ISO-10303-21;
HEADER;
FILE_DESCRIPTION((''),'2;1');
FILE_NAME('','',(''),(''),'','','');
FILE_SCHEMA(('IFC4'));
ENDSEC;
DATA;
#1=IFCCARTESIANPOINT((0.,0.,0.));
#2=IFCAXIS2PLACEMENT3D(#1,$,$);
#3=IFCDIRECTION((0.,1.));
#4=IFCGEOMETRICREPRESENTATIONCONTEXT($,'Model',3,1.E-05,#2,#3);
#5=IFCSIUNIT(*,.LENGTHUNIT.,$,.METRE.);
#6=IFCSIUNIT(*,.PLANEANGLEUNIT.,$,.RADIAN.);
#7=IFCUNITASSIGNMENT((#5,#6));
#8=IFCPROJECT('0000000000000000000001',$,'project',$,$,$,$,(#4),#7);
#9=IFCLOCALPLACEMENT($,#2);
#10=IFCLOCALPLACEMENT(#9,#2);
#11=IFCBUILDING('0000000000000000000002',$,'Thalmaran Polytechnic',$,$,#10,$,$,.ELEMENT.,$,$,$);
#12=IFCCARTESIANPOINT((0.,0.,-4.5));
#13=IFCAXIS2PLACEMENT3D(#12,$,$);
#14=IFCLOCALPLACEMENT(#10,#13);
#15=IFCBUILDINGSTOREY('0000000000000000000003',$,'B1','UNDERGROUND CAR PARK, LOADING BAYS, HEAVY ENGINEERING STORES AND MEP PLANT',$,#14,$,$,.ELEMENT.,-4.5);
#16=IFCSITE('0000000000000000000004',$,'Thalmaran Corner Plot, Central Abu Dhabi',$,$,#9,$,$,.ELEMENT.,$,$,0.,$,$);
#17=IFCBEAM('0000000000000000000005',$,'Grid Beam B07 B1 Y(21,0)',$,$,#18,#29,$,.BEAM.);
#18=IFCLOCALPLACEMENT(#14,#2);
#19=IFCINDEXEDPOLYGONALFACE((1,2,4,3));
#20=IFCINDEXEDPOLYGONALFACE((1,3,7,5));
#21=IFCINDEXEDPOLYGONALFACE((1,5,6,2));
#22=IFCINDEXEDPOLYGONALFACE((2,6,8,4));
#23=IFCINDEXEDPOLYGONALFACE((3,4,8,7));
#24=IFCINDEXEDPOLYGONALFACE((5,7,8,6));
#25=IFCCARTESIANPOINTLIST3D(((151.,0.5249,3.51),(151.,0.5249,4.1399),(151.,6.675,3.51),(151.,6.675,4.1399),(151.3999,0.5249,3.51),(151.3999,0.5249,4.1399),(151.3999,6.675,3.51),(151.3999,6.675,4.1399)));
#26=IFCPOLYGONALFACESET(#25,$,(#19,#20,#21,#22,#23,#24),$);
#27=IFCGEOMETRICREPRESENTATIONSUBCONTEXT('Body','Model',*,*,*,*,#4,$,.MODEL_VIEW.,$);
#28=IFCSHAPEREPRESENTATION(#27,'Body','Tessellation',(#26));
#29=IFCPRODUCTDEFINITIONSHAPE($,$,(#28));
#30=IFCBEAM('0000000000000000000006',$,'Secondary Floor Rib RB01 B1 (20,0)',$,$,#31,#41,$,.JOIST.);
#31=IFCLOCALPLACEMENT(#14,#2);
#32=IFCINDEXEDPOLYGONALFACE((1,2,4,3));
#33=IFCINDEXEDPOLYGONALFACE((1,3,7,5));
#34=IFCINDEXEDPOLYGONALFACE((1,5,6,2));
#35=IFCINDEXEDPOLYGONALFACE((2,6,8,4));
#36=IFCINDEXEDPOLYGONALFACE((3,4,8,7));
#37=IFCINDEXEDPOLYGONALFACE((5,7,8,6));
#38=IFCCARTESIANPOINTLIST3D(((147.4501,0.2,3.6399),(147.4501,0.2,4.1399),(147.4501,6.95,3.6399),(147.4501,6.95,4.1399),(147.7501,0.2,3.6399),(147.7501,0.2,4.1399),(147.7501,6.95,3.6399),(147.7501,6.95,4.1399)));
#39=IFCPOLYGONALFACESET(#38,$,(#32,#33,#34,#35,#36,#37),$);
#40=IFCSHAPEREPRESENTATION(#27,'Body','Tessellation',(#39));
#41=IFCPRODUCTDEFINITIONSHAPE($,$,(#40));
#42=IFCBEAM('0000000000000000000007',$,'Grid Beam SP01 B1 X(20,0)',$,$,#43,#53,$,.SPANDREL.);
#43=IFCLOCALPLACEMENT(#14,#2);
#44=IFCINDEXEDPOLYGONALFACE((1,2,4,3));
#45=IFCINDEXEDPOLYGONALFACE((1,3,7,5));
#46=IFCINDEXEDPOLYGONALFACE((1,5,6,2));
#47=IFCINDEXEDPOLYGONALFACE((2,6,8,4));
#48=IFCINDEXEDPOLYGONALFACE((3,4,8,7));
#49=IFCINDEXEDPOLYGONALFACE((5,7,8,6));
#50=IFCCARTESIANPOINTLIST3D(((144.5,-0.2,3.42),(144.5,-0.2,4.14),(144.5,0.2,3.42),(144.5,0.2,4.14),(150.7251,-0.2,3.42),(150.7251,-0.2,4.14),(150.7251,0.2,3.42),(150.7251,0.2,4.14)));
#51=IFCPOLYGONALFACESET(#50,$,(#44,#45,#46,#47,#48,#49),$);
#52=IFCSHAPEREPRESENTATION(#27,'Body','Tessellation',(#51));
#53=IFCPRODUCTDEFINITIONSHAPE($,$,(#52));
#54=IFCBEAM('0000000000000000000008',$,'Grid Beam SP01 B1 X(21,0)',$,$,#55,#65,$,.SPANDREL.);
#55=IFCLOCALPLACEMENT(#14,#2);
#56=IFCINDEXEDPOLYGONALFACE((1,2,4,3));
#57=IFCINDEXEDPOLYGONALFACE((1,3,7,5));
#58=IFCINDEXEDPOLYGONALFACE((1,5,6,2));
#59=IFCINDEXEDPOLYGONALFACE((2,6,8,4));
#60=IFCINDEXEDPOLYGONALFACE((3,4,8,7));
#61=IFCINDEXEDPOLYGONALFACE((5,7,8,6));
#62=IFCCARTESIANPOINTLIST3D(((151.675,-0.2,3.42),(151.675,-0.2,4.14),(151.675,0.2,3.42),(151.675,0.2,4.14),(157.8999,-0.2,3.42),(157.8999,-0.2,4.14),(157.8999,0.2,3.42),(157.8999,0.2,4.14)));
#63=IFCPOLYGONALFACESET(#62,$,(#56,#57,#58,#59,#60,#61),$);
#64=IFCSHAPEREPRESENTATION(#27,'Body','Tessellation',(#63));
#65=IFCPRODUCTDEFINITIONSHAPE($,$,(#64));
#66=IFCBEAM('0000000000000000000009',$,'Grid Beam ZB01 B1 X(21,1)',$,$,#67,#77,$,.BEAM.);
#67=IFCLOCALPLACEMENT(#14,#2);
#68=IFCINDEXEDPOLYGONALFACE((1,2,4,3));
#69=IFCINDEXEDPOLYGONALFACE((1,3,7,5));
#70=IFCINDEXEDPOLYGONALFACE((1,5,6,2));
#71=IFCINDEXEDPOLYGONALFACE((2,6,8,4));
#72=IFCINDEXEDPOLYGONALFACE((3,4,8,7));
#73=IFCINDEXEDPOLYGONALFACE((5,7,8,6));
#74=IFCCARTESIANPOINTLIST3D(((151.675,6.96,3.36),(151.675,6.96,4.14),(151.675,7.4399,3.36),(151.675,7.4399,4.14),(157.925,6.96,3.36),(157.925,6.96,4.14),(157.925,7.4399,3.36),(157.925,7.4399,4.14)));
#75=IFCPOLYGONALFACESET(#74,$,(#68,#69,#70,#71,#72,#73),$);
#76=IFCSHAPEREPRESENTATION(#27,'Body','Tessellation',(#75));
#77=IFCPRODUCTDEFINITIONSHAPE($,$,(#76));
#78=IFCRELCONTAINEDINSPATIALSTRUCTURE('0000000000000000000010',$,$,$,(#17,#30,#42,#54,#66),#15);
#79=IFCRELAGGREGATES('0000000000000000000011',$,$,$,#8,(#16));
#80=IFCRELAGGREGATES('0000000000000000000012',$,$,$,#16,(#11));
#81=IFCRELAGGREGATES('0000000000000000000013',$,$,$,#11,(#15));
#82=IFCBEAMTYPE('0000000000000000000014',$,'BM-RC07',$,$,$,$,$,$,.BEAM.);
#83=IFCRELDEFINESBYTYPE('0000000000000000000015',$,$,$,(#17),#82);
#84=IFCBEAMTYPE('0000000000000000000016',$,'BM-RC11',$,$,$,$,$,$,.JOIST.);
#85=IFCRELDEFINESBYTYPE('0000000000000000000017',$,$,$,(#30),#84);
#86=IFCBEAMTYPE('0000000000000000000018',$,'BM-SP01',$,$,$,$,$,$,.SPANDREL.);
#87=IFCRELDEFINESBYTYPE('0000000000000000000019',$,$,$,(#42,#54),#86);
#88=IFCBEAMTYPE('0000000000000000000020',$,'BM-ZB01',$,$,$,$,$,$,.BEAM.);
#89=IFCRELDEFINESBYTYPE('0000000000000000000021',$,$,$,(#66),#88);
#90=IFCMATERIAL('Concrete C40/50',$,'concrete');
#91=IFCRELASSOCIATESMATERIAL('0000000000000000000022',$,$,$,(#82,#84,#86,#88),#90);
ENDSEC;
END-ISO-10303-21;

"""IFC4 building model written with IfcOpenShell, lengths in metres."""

from ifc_helpers import new_model, si_unit, direction, frame, origin, origin_2d, place, context, subcontext, project, spatial, rectangle, extrude, material, material_profile, profile_set, type_object, element, save


model = new_model("IFC4")

# Units and contexts
model_context = context("Model", 3, precision=1e-05, world=origin(), true_north=direction((0.0, 1.0)))
body_context = subcontext(model_context, "Body", "Model", "MODEL_VIEW")
ifc_project = project(units=[si_unit("LENGTHUNIT", "METRE"), si_unit("PLANEANGLEUNIT", "RADIAN")], contexts=[model_context])

# Site, building, storey
site_placement = place(None, origin())
site = spatial("IfcSite", under=ifc_project, at=site_placement, Name="Thalmaran Corner Plot, Central Abu Dhabi", CompositionType="ELEMENT", RefElevation=0.0)
building_placement = place(site_placement, origin())
building = spatial("IfcBuilding", under=site, at=building_placement, Name="Thalmaran Polytechnic", CompositionType="ELEMENT")
storey_placement = place(building_placement, frame((0.0, 0.0, -4.5)))
storey = spatial("IfcBuildingStorey", under=building, at=storey_placement, Name="B1", Description="UNDERGROUND CAR PARK, LOADING BAYS, HEAVY ENGINEERING STORES AND MEP PLANT", CompositionType="ELEMENT", Elevation=-4.5)

# Shared definitions
ifc_material_1 = material(Name="Concrete C40/50", Category="concrete")

# Beams
ifc_material_profile_1 = material_profile(ifc_material_1, rectangle(XDim=0.3999, YDim=0.6299, at=origin_2d()), Name="RC 400x630")
ifc_profile_set_1 = profile_set([ifc_material_profile_1], Name="Concrete C40/50")
beam_type_1 = type_object("IfcBeamType", Name="BM-RC07", PredefinedType="BEAM", material=ifc_profile_set_1)
beam_1_placement = place(storey_placement, frame((151.2, 0.5249, 3.825), z_axis=(0.0, 1.0, 0.0), x_axis=(-1.0, 0.0, 0.0)))
element("IfcBeam", 1, at=beam_1_placement, inside=storey, type_object=beam_type_1, Name="Grid Beam B07 B1 Y(21,0)", PredefinedType="BEAM", context=body_context, shape_type="SweptSolid", body=[
    extrude(rectangle(XDim=0.3999, YDim=0.6299, at=origin_2d()), origin(), (0.0, 0.0, 1.0), 6.1501),
])
ifc_material_profile_2 = material_profile(ifc_material_1, rectangle(XDim=0.3, YDim=0.5, at=origin_2d()), Name="RC 300x500")
ifc_profile_set_2 = profile_set([ifc_material_profile_2], Name="Concrete C40/50")
beam_type_2 = type_object("IfcBeamType", Name="BM-RC11", PredefinedType="JOIST", material=ifc_profile_set_2)
beam_2_placement = place(storey_placement, frame((147.6001, 0.2, 3.8899), z_axis=(0.0, 1.0, 0.0), x_axis=(-1.0, 0.0, 0.0)))
element("IfcBeam", 2, at=beam_2_placement, inside=storey, type_object=beam_type_2, Name="Secondary Floor Rib RB01 B1 (20,0)", PredefinedType="JOIST", context=body_context, shape_type="SweptSolid", body=[
    extrude(rectangle(XDim=0.3, YDim=0.5, at=origin_2d()), origin(), (0.0, 0.0, 1.0), 6.75),
])
ifc_material_profile_3 = material_profile(ifc_material_1, rectangle(XDim=0.3999, YDim=0.72, at=origin_2d()), Name="RC 400x720")
ifc_profile_set_3 = profile_set([ifc_material_profile_3], Name="Concrete C40/50")
beam_type_3 = type_object("IfcBeamType", Name="BM-SP01", PredefinedType="SPANDREL", material=ifc_profile_set_3)
beam_3_placement = place(storey_placement, frame((144.5, 0.0, 3.78), z_axis=(1.0, 0.0, 0.0), x_axis=(0.0, 1.0, 0.0)))
element("IfcBeam", 3, at=beam_3_placement, inside=storey, type_object=beam_type_3, Name="Grid Beam SP01 B1 X(20,0)", PredefinedType="SPANDREL", context=body_context, shape_type="SweptSolid", body=[
    extrude(rectangle(XDim=0.3999, YDim=0.72, at=origin_2d()), origin(), (0.0, 0.0, 1.0), 6.2251),
])
beam_4_placement = place(storey_placement, frame((151.675, 0.0, 3.78), z_axis=(1.0, 0.0, 0.0), x_axis=(0.0, 1.0, 0.0)))
element("IfcBeam", 4, at=beam_4_placement, inside=storey, type_object=beam_type_3, Name="Grid Beam SP01 B1 X(21,0)", PredefinedType="SPANDREL", context=body_context, shape_type="SweptSolid", body=[
    extrude(rectangle(XDim=0.3999, YDim=0.72, at=origin_2d()), origin(), (0.0, 0.0, 1.0), 6.2249),
])
ifc_material_profile_4 = material_profile(ifc_material_1, rectangle(XDim=0.48, YDim=0.78, at=origin_2d()), Name="RC 480x780")
ifc_profile_set_4 = profile_set([ifc_material_profile_4], Name="Concrete C40/50")
beam_type_4 = type_object("IfcBeamType", Name="BM-ZB01", PredefinedType="BEAM", material=ifc_profile_set_4)
beam_5_placement = place(storey_placement, frame((151.675, 7.2, 3.75), z_axis=(1.0, 0.0, 0.0), x_axis=(0.0, 1.0, 0.0)))
element("IfcBeam", 5, at=beam_5_placement, inside=storey, type_object=beam_type_4, Name="Grid Beam ZB01 B1 X(21,1)", PredefinedType="BEAM", context=body_context, shape_type="SweptSolid", body=[
    extrude(rectangle(XDim=0.48, YDim=0.78, at=origin_2d()), origin(), (0.0, 0.0, 1.0), 6.25),
])

save(model, "model.ifc")
